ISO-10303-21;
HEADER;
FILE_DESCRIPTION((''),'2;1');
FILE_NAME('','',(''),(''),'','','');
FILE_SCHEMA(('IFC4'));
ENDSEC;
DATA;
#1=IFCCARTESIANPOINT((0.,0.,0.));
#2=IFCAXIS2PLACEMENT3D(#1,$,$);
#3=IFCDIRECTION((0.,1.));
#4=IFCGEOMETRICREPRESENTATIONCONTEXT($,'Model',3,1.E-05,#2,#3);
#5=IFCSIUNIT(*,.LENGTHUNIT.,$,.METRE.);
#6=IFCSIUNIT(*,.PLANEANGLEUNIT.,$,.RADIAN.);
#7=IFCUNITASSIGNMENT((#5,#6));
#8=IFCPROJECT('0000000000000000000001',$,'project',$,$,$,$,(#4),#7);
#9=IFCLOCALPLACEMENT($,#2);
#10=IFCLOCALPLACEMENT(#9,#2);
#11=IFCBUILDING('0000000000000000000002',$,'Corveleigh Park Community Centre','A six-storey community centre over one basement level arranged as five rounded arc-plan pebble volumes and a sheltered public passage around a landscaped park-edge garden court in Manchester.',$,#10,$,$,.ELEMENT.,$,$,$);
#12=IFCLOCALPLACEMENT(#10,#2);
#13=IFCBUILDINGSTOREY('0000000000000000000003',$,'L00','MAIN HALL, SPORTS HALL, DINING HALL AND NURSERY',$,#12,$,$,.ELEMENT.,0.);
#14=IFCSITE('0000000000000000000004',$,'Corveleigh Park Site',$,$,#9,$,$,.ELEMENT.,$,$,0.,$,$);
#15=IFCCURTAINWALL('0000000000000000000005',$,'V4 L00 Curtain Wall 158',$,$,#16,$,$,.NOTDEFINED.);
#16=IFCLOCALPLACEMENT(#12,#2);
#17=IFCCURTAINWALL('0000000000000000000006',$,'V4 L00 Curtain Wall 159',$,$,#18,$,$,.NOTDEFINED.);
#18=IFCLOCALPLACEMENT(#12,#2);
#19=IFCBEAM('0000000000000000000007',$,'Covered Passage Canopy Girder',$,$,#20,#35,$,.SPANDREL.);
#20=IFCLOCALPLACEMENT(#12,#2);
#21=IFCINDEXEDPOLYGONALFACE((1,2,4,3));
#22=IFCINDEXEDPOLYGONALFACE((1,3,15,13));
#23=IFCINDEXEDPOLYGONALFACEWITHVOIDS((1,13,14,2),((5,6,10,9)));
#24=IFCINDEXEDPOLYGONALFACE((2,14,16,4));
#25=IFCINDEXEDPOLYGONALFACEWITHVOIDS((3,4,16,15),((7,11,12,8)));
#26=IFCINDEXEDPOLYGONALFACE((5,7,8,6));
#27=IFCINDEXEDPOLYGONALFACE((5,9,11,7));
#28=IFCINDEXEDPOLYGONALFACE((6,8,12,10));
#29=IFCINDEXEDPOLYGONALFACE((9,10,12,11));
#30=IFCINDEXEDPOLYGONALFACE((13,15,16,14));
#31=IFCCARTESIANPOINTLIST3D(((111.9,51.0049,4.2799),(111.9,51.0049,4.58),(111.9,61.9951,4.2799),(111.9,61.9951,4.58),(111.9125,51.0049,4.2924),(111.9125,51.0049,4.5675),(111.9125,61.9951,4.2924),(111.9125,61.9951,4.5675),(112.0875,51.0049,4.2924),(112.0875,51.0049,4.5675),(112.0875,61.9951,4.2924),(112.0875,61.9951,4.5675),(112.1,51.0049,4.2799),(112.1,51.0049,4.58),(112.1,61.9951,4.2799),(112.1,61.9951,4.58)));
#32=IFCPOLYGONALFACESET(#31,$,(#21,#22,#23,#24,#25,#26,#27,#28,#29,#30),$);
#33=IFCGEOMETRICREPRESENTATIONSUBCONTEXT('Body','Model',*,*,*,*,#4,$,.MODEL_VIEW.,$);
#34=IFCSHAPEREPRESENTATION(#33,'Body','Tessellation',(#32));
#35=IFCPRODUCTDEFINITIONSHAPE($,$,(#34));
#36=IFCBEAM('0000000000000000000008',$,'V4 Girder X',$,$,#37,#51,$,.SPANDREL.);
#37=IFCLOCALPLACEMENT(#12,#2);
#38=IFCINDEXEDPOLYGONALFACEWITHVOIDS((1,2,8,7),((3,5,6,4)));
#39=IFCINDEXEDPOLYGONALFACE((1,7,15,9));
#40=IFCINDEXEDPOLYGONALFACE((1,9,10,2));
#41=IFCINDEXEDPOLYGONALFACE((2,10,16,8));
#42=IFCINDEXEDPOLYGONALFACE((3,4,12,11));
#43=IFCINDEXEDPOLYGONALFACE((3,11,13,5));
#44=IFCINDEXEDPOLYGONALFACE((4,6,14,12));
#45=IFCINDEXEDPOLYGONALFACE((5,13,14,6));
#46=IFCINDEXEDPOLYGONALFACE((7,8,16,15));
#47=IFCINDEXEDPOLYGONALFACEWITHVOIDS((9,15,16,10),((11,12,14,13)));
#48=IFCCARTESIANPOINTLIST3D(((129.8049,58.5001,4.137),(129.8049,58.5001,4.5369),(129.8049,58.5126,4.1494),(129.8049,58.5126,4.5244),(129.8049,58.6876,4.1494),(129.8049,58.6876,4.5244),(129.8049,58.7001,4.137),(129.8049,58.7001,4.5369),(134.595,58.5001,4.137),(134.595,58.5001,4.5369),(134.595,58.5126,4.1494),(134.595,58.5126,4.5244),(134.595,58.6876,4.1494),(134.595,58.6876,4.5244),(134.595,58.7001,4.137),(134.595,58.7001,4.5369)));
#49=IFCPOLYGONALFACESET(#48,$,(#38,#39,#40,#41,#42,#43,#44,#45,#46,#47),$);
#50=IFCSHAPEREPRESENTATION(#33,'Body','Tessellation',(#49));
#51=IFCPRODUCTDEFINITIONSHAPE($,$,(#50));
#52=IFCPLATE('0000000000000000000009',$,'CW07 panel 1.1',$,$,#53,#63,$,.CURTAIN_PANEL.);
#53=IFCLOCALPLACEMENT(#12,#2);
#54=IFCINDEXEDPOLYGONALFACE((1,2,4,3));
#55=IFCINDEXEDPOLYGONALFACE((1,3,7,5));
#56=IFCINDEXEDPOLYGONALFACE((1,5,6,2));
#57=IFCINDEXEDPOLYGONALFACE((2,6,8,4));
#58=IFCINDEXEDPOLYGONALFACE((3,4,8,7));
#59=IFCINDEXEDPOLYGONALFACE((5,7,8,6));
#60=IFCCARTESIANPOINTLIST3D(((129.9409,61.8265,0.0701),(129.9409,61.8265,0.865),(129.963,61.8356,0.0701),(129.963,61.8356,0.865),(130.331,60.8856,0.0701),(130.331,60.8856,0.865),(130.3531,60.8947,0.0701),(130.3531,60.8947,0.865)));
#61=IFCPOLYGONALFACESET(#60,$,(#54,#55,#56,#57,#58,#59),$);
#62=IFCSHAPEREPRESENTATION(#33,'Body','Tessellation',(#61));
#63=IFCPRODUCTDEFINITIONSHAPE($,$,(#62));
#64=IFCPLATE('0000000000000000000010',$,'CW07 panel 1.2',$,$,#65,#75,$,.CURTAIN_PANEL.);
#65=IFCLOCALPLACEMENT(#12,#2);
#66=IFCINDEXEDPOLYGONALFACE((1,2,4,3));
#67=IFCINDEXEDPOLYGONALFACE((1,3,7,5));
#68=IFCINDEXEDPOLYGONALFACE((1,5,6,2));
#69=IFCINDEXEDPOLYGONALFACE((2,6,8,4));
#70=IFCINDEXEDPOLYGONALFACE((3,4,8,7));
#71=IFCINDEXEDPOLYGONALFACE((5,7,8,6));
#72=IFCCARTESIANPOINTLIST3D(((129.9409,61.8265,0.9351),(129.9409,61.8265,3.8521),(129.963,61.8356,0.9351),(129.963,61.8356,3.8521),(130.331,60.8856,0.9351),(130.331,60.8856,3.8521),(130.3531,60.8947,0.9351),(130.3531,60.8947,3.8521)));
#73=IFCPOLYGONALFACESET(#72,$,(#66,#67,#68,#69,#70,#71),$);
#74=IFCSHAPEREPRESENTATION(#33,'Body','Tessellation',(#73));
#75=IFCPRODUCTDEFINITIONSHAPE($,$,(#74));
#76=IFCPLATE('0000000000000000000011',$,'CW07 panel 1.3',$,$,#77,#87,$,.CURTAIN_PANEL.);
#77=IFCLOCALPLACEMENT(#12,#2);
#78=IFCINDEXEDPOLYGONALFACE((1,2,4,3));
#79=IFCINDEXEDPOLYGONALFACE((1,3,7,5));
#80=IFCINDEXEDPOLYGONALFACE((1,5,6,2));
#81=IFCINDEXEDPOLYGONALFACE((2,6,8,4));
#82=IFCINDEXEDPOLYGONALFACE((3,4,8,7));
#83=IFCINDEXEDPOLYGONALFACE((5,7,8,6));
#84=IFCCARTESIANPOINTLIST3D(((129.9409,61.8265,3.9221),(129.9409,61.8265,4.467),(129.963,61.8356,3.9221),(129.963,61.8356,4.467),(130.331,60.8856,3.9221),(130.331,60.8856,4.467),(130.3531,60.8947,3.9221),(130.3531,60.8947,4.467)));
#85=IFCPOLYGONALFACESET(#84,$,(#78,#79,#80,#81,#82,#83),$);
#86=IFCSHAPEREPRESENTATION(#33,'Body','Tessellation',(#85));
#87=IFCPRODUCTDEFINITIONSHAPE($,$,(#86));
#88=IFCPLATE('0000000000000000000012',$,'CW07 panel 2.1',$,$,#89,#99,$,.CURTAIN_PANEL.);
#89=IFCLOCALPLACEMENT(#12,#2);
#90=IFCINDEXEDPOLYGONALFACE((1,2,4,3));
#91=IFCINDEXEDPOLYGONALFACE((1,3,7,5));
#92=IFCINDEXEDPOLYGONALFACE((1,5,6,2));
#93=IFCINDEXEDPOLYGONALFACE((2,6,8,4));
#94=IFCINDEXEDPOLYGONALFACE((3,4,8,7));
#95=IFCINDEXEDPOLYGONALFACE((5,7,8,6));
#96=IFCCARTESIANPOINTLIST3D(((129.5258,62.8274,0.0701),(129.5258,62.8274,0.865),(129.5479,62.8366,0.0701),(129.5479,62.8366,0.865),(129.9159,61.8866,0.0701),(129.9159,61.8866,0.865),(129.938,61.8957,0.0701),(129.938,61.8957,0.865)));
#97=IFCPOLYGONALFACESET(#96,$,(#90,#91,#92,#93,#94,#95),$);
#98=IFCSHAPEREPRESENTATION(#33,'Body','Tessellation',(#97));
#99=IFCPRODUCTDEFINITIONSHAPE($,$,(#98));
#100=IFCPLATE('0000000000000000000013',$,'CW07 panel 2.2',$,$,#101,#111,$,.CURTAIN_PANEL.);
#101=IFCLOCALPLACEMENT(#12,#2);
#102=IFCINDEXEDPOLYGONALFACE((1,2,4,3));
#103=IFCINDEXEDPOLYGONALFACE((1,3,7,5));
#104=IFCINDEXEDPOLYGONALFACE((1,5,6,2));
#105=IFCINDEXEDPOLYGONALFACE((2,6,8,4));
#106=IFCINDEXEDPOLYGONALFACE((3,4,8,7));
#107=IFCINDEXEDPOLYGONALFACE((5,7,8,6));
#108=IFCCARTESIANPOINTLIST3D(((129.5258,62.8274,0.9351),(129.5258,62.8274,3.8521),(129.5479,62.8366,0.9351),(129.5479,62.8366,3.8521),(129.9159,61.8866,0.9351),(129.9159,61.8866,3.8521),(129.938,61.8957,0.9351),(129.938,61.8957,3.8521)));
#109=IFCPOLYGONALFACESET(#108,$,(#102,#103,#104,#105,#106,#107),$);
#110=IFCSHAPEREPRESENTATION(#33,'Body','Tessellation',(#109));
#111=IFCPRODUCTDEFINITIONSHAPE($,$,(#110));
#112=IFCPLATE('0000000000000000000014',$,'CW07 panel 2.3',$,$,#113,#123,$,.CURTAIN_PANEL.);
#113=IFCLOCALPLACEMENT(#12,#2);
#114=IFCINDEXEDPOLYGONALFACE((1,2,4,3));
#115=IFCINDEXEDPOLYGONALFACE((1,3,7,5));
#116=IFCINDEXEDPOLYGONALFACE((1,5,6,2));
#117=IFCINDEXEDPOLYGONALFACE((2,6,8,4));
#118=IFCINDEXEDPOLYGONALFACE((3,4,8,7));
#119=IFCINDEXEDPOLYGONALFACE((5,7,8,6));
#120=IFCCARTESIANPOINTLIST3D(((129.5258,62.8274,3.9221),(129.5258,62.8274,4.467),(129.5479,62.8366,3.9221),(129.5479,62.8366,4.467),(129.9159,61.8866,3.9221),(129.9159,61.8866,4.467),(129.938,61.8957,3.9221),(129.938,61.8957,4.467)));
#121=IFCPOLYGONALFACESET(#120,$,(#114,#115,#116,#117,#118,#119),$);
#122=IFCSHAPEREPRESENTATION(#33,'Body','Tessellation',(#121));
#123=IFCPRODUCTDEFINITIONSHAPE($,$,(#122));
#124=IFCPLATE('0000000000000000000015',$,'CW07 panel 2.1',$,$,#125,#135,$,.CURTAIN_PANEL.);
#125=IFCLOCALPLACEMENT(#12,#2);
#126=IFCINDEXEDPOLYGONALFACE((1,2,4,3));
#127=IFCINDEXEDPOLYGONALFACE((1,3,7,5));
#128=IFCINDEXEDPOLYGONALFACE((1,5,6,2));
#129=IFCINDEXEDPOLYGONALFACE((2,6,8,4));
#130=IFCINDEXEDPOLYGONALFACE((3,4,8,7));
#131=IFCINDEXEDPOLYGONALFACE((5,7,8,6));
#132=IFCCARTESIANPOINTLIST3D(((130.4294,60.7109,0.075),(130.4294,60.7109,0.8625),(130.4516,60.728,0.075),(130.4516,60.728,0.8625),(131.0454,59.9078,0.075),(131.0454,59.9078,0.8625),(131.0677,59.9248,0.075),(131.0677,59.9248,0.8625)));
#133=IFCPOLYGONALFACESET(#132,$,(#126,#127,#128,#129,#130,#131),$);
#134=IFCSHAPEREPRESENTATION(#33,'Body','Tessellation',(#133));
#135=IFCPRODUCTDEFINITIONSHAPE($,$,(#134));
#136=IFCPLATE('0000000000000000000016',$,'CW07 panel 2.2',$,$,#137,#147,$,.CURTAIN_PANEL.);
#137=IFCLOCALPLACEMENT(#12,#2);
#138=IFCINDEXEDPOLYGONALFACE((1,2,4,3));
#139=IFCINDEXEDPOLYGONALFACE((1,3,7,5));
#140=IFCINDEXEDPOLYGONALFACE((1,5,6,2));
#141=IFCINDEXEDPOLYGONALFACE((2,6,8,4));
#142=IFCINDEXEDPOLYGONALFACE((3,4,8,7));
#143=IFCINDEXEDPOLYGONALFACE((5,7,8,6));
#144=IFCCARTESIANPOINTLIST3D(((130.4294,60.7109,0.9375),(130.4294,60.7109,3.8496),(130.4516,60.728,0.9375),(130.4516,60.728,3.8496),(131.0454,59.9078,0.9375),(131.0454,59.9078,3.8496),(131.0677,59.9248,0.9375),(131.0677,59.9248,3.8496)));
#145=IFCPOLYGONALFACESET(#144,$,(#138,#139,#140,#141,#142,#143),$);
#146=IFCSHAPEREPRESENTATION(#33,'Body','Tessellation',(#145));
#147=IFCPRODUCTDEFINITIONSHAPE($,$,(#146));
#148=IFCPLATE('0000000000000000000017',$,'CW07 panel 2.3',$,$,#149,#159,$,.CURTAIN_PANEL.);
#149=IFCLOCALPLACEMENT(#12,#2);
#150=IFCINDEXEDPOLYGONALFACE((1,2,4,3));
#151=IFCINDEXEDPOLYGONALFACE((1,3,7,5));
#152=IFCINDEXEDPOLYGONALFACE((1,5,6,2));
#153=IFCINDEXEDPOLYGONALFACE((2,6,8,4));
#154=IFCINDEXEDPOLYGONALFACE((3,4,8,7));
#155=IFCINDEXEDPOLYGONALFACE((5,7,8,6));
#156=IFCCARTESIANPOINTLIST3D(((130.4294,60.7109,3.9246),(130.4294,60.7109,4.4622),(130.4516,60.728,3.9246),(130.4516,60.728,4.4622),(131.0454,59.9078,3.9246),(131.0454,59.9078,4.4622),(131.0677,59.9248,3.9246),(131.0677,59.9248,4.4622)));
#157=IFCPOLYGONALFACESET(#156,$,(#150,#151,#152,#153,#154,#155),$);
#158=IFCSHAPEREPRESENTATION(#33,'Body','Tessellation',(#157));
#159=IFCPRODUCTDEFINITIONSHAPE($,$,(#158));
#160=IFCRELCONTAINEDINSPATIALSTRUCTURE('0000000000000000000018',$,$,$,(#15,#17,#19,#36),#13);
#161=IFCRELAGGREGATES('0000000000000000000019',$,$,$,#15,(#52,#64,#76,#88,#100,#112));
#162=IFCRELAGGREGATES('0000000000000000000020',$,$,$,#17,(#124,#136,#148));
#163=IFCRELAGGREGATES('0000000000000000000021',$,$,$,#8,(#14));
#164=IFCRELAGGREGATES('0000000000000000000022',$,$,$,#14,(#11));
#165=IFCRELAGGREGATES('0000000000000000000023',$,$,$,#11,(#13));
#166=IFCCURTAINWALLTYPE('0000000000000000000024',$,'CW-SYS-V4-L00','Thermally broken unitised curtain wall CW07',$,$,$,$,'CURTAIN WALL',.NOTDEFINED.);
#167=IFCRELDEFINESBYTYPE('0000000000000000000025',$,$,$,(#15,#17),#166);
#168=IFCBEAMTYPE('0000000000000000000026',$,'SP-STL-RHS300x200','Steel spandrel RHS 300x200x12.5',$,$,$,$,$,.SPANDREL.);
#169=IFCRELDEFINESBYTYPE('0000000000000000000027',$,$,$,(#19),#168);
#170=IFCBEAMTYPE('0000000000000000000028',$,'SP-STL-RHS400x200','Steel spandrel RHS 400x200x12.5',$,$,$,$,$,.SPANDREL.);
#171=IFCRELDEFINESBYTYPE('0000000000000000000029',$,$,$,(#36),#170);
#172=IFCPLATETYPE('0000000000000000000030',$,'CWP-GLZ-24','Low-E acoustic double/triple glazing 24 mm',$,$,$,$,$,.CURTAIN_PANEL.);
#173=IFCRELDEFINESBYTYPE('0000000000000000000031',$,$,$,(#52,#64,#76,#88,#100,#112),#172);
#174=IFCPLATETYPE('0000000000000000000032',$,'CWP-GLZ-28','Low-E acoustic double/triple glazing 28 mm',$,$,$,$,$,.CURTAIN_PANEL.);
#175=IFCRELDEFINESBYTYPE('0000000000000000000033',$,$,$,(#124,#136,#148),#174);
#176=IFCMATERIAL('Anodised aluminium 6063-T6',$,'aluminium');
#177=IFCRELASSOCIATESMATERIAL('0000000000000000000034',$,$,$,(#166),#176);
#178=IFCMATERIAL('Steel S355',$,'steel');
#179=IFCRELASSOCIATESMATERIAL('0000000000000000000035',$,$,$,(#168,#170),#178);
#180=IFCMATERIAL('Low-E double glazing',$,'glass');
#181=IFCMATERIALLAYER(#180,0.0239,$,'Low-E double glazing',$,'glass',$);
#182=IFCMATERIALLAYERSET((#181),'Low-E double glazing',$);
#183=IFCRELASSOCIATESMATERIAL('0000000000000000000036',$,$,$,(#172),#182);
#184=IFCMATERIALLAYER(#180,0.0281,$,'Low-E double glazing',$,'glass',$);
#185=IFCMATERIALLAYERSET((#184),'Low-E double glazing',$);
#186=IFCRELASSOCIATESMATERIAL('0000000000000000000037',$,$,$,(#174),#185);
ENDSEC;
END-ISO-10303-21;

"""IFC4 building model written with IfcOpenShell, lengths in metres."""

from ifc_helpers import new_model, si_unit, direction, frame, origin, origin_2d, place, context, subcontext, project, spatial, rectangle, hollow_rectangle, extrude, material, layer, layer_set, material_profile, profile_set, type_object, element, aggregate, save


model = new_model("IFC4")

# Units and contexts
model_context = context("Model", 3, precision=1e-05, world=origin(), true_north=direction((0.0, 1.0)))
body_context = subcontext(model_context, "Body", "Model", "MODEL_VIEW")
ifc_project = project(units=[si_unit("LENGTHUNIT", "METRE"), si_unit("PLANEANGLEUNIT", "RADIAN")], contexts=[model_context])

# Site, building, storey
site_placement = place(None, origin())
site = spatial("IfcSite", under=ifc_project, at=site_placement, Name="Corveleigh Park Site", CompositionType="ELEMENT", RefElevation=0.0)
building_placement = place(site_placement, origin())
building = spatial("IfcBuilding", under=site, at=building_placement, Name="Corveleigh Park Community Centre", Description="A six-storey community centre over one basement level arranged as five rounded arc-plan pebble volumes and a sheltered public passage around a landscaped park-edge garden court in Manchester.", CompositionType="ELEMENT")
storey_placement = place(building_placement, origin())
storey = spatial("IfcBuildingStorey", under=building, at=storey_placement, Name="L00", Description="MAIN HALL, SPORTS HALL, DINING HALL AND NURSERY", CompositionType="ELEMENT", Elevation=0.0)

# Shared definitions
ifc_material_1 = material(Name="Anodised aluminium 6063-T6", Category="aluminium")
curtain_wall_type = type_object("IfcCurtainWallType", Name="CW-SYS-V4-L00", Description="Thermally broken unitised curtain wall CW07", ElementType="CURTAIN WALL", PredefinedType="NOTDEFINED", material=ifc_material_1)

# Curtain wall
curtain_wall_1_placement = place(storey_placement, origin())
curtain_wall_1 = element("IfcCurtainWall", 1, at=curtain_wall_1_placement, inside=storey, type_object=curtain_wall_type, Name="V4 L00 Curtain Wall 158", PredefinedType="NOTDEFINED")

# Curtain wall
curtain_wall_2_placement = place(storey_placement, origin())
curtain_wall_2 = element("IfcCurtainWall", 2, at=curtain_wall_2_placement, inside=storey, type_object=curtain_wall_type, Name="V4 L00 Curtain Wall 159", PredefinedType="NOTDEFINED")

# Beams
ifc_material_2 = material(Name="Steel S355", Category="steel")
ifc_material_profile_1 = material_profile(ifc_material_2, hollow_rectangle(XDim=0.2, YDim=0.3, WallThickness=0.0125, at=origin_2d()), Name="RHS 300x200x12.5", Category="steel")
ifc_profile_set_1 = profile_set([ifc_material_profile_1], Name="Steel S355")
beam_type_1 = type_object("IfcBeamType", Name="SP-STL-RHS300x200", Description="Steel spandrel RHS 300x200x12.5", PredefinedType="SPANDREL", material=ifc_profile_set_1)
beam_1_placement = place(storey_placement, frame((112.0, 61.9951, 4.4299), z_axis=(0.0, -1.0, 0.0), x_axis=(1.0, 0.0, 0.0)))
element("IfcBeam", 3, at=beam_1_placement, inside=storey, type_object=beam_type_1, Name="Covered Passage Canopy Girder", PredefinedType="SPANDREL", context=body_context, shape_type="SweptSolid", body=[
    extrude(hollow_rectangle(XDim=0.2, YDim=0.3, WallThickness=0.0125, at=origin_2d()), origin(), (0.0, 0.0, 1.0), 10.9902),
])
ifc_material_profile_2 = material_profile(ifc_material_2, hollow_rectangle(XDim=0.2, YDim=0.3999, WallThickness=0.0125, at=origin_2d()), Name="RHS 400x200x12.5", Category="steel")
ifc_profile_set_2 = profile_set([ifc_material_profile_2], Name="Steel S355")
beam_type_2 = type_object("IfcBeamType", Name="SP-STL-RHS400x200", Description="Steel spandrel RHS 400x200x12.5", PredefinedType="SPANDREL", material=ifc_profile_set_2)
beam_2_placement = place(storey_placement, frame((129.8049, 58.6001, 4.3369), z_axis=(1.0, 0.0, 0.0), x_axis=(0.0, 1.0, 0.0)))
element("IfcBeam", 4, at=beam_2_placement, inside=storey, type_object=beam_type_2, Name="V4 Girder X", PredefinedType="SPANDREL", context=body_context, shape_type="SweptSolid", body=[
    extrude(hollow_rectangle(XDim=0.2, YDim=0.3999, WallThickness=0.0125, at=origin_2d()), origin(), (0.0, 0.0, 1.0), 4.79),
])

# Plates
ifc_material_3 = material(Name="Low-E double glazing", Category="glass")
ifc_layer_1 = layer(ifc_material_3, 0.0239, Name="Low-E double glazing", Category="glass")
ifc_layer_set_1 = layer_set([ifc_layer_1], Name="Low-E double glazing")
plate_type_1 = type_object("IfcPlateType", Name="CWP-GLZ-24", Description="Low-E acoustic double/triple glazing 24 mm", PredefinedType="CURTAIN_PANEL", material=ifc_layer_set_1)
plate_1_placement = place(storey_placement, frame((130.147, 61.3606, 0.0701), z_axis=(0.0, 0.0, 1.0), x_axis=(-0.383024, 0.923738, 0.0)))
plate_1 = element("IfcPlate", 5, at=plate_1_placement, type_object=plate_type_1, Name="CW07 panel 1.1", PredefinedType="CURTAIN_PANEL", context=body_context, shape_type="SweptSolid", body=[
    extrude(rectangle(XDim=1.0186, YDim=0.0239, at=origin_2d()), origin(), (0.0, 0.0, 1.0), 0.7949),
])
plate_2_placement = place(storey_placement, frame((130.147, 61.3606, 0.9351), z_axis=(0.0, 0.0, 1.0), x_axis=(-0.383024, 0.923738, 0.0)))
plate_2 = element("IfcPlate", 6, at=plate_2_placement, type_object=plate_type_1, Name="CW07 panel 1.2", PredefinedType="CURTAIN_PANEL", context=body_context, shape_type="SweptSolid", body=[
    extrude(rectangle(XDim=1.0186, YDim=0.0239, at=origin_2d()), origin(), (0.0, 0.0, 1.0), 2.917),
])
plate_3_placement = place(storey_placement, frame((130.147, 61.3606, 3.9221), z_axis=(0.0, 0.0, 1.0), x_axis=(-0.383024, 0.923738, 0.0)))
plate_3 = element("IfcPlate", 7, at=plate_3_placement, type_object=plate_type_1, Name="CW07 panel 1.3", PredefinedType="CURTAIN_PANEL", context=body_context, shape_type="SweptSolid", body=[
    extrude(rectangle(XDim=1.0186, YDim=0.0239, at=origin_2d()), origin(), (0.0, 0.0, 1.0), 0.5449),
])
plate_4_placement = place(storey_placement, frame((129.7319, 62.3616, 0.0701), z_axis=(0.0, 0.0, 1.0), x_axis=(-0.383024, 0.923738, 0.0)))
plate_4 = element("IfcPlate", 8, at=plate_4_placement, type_object=plate_type_1, Name="CW07 panel 2.1", PredefinedType="CURTAIN_PANEL", context=body_context, shape_type="SweptSolid", body=[
    extrude(rectangle(XDim=1.0186, YDim=0.0239, at=origin_2d()), origin(), (0.0, 0.0, 1.0), 0.7949),
])
plate_5_placement = place(storey_placement, frame((129.7319, 62.3616, 0.9351), z_axis=(0.0, 0.0, 1.0), x_axis=(-0.383024, 0.923738, 0.0)))
plate_5 = element("IfcPlate", 9, at=plate_5_placement, type_object=plate_type_1, Name="CW07 panel 2.2", PredefinedType="CURTAIN_PANEL", context=body_context, shape_type="SweptSolid", body=[
    extrude(rectangle(XDim=1.0186, YDim=0.0239, at=origin_2d()), origin(), (0.0, 0.0, 1.0), 2.917),
])
plate_6_placement = place(storey_placement, frame((129.7319, 62.3616, 3.9221), z_axis=(0.0, 0.0, 1.0), x_axis=(-0.383024, 0.923738, 0.0)))
plate_6 = element("IfcPlate", 10, at=plate_6_placement, type_object=plate_type_1, Name="CW07 panel 2.3", PredefinedType="CURTAIN_PANEL", context=body_context, shape_type="SweptSolid", body=[
    extrude(rectangle(XDim=1.0186, YDim=0.0239, at=origin_2d()), origin(), (0.0, 0.0, 1.0), 0.5449),
])
aggregate(curtain_wall_1, [plate_1, plate_2, plate_3, plate_4, plate_5, plate_6])
ifc_layer_2 = layer(ifc_material_3, 0.0281, Name="Low-E double glazing", Category="glass")
ifc_layer_set_2 = layer_set([ifc_layer_2], Name="Low-E double glazing")
plate_type_2 = type_object("IfcPlateType", Name="CWP-GLZ-28", Description="Low-E acoustic double/triple glazing 28 mm", PredefinedType="CURTAIN_PANEL", material=ifc_layer_set_2)
plate_7_placement = place(storey_placement, frame((130.7485, 60.3179, 0.075), z_axis=(0.0, 0.0, 1.0), x_axis=(-0.608629, 0.793455, 0.0)))
plate_7 = element("IfcPlate", 11, at=plate_7_placement, type_object=plate_type_2, Name="CW07 panel 2.1", PredefinedType="CURTAIN_PANEL", context=body_context, shape_type="SweptSolid", body=[
    extrude(rectangle(XDim=1.0122, YDim=0.0281, at=origin_2d()), origin(), (0.0, 0.0, 1.0), 0.7876),
])
plate_8_placement = place(storey_placement, frame((130.7485, 60.3179, 0.9375), z_axis=(0.0, 0.0, 1.0), x_axis=(-0.608629, 0.793455, 0.0)))
plate_8 = element("IfcPlate", 12, at=plate_8_placement, type_object=plate_type_2, Name="CW07 panel 2.2", PredefinedType="CURTAIN_PANEL", context=body_context, shape_type="SweptSolid", body=[
    extrude(rectangle(XDim=1.0122, YDim=0.0281, at=origin_2d()), origin(), (0.0, 0.0, 1.0), 2.9121),
])
plate_9_placement = place(storey_placement, frame((130.7485, 60.3179, 3.9246), z_axis=(0.0, 0.0, 1.0), x_axis=(-0.608629, 0.793455, 0.0)))
plate_9 = element("IfcPlate", 13, at=plate_9_placement, type_object=plate_type_2, Name="CW07 panel 2.3", PredefinedType="CURTAIN_PANEL", context=body_context, shape_type="SweptSolid", body=[
    extrude(rectangle(XDim=1.0122, YDim=0.0281, at=origin_2d()), origin(), (0.0, 0.0, 1.0), 0.5376),
])
aggregate(curtain_wall_2, [plate_7, plate_8, plate_9])

save(model, "model.ifc")
